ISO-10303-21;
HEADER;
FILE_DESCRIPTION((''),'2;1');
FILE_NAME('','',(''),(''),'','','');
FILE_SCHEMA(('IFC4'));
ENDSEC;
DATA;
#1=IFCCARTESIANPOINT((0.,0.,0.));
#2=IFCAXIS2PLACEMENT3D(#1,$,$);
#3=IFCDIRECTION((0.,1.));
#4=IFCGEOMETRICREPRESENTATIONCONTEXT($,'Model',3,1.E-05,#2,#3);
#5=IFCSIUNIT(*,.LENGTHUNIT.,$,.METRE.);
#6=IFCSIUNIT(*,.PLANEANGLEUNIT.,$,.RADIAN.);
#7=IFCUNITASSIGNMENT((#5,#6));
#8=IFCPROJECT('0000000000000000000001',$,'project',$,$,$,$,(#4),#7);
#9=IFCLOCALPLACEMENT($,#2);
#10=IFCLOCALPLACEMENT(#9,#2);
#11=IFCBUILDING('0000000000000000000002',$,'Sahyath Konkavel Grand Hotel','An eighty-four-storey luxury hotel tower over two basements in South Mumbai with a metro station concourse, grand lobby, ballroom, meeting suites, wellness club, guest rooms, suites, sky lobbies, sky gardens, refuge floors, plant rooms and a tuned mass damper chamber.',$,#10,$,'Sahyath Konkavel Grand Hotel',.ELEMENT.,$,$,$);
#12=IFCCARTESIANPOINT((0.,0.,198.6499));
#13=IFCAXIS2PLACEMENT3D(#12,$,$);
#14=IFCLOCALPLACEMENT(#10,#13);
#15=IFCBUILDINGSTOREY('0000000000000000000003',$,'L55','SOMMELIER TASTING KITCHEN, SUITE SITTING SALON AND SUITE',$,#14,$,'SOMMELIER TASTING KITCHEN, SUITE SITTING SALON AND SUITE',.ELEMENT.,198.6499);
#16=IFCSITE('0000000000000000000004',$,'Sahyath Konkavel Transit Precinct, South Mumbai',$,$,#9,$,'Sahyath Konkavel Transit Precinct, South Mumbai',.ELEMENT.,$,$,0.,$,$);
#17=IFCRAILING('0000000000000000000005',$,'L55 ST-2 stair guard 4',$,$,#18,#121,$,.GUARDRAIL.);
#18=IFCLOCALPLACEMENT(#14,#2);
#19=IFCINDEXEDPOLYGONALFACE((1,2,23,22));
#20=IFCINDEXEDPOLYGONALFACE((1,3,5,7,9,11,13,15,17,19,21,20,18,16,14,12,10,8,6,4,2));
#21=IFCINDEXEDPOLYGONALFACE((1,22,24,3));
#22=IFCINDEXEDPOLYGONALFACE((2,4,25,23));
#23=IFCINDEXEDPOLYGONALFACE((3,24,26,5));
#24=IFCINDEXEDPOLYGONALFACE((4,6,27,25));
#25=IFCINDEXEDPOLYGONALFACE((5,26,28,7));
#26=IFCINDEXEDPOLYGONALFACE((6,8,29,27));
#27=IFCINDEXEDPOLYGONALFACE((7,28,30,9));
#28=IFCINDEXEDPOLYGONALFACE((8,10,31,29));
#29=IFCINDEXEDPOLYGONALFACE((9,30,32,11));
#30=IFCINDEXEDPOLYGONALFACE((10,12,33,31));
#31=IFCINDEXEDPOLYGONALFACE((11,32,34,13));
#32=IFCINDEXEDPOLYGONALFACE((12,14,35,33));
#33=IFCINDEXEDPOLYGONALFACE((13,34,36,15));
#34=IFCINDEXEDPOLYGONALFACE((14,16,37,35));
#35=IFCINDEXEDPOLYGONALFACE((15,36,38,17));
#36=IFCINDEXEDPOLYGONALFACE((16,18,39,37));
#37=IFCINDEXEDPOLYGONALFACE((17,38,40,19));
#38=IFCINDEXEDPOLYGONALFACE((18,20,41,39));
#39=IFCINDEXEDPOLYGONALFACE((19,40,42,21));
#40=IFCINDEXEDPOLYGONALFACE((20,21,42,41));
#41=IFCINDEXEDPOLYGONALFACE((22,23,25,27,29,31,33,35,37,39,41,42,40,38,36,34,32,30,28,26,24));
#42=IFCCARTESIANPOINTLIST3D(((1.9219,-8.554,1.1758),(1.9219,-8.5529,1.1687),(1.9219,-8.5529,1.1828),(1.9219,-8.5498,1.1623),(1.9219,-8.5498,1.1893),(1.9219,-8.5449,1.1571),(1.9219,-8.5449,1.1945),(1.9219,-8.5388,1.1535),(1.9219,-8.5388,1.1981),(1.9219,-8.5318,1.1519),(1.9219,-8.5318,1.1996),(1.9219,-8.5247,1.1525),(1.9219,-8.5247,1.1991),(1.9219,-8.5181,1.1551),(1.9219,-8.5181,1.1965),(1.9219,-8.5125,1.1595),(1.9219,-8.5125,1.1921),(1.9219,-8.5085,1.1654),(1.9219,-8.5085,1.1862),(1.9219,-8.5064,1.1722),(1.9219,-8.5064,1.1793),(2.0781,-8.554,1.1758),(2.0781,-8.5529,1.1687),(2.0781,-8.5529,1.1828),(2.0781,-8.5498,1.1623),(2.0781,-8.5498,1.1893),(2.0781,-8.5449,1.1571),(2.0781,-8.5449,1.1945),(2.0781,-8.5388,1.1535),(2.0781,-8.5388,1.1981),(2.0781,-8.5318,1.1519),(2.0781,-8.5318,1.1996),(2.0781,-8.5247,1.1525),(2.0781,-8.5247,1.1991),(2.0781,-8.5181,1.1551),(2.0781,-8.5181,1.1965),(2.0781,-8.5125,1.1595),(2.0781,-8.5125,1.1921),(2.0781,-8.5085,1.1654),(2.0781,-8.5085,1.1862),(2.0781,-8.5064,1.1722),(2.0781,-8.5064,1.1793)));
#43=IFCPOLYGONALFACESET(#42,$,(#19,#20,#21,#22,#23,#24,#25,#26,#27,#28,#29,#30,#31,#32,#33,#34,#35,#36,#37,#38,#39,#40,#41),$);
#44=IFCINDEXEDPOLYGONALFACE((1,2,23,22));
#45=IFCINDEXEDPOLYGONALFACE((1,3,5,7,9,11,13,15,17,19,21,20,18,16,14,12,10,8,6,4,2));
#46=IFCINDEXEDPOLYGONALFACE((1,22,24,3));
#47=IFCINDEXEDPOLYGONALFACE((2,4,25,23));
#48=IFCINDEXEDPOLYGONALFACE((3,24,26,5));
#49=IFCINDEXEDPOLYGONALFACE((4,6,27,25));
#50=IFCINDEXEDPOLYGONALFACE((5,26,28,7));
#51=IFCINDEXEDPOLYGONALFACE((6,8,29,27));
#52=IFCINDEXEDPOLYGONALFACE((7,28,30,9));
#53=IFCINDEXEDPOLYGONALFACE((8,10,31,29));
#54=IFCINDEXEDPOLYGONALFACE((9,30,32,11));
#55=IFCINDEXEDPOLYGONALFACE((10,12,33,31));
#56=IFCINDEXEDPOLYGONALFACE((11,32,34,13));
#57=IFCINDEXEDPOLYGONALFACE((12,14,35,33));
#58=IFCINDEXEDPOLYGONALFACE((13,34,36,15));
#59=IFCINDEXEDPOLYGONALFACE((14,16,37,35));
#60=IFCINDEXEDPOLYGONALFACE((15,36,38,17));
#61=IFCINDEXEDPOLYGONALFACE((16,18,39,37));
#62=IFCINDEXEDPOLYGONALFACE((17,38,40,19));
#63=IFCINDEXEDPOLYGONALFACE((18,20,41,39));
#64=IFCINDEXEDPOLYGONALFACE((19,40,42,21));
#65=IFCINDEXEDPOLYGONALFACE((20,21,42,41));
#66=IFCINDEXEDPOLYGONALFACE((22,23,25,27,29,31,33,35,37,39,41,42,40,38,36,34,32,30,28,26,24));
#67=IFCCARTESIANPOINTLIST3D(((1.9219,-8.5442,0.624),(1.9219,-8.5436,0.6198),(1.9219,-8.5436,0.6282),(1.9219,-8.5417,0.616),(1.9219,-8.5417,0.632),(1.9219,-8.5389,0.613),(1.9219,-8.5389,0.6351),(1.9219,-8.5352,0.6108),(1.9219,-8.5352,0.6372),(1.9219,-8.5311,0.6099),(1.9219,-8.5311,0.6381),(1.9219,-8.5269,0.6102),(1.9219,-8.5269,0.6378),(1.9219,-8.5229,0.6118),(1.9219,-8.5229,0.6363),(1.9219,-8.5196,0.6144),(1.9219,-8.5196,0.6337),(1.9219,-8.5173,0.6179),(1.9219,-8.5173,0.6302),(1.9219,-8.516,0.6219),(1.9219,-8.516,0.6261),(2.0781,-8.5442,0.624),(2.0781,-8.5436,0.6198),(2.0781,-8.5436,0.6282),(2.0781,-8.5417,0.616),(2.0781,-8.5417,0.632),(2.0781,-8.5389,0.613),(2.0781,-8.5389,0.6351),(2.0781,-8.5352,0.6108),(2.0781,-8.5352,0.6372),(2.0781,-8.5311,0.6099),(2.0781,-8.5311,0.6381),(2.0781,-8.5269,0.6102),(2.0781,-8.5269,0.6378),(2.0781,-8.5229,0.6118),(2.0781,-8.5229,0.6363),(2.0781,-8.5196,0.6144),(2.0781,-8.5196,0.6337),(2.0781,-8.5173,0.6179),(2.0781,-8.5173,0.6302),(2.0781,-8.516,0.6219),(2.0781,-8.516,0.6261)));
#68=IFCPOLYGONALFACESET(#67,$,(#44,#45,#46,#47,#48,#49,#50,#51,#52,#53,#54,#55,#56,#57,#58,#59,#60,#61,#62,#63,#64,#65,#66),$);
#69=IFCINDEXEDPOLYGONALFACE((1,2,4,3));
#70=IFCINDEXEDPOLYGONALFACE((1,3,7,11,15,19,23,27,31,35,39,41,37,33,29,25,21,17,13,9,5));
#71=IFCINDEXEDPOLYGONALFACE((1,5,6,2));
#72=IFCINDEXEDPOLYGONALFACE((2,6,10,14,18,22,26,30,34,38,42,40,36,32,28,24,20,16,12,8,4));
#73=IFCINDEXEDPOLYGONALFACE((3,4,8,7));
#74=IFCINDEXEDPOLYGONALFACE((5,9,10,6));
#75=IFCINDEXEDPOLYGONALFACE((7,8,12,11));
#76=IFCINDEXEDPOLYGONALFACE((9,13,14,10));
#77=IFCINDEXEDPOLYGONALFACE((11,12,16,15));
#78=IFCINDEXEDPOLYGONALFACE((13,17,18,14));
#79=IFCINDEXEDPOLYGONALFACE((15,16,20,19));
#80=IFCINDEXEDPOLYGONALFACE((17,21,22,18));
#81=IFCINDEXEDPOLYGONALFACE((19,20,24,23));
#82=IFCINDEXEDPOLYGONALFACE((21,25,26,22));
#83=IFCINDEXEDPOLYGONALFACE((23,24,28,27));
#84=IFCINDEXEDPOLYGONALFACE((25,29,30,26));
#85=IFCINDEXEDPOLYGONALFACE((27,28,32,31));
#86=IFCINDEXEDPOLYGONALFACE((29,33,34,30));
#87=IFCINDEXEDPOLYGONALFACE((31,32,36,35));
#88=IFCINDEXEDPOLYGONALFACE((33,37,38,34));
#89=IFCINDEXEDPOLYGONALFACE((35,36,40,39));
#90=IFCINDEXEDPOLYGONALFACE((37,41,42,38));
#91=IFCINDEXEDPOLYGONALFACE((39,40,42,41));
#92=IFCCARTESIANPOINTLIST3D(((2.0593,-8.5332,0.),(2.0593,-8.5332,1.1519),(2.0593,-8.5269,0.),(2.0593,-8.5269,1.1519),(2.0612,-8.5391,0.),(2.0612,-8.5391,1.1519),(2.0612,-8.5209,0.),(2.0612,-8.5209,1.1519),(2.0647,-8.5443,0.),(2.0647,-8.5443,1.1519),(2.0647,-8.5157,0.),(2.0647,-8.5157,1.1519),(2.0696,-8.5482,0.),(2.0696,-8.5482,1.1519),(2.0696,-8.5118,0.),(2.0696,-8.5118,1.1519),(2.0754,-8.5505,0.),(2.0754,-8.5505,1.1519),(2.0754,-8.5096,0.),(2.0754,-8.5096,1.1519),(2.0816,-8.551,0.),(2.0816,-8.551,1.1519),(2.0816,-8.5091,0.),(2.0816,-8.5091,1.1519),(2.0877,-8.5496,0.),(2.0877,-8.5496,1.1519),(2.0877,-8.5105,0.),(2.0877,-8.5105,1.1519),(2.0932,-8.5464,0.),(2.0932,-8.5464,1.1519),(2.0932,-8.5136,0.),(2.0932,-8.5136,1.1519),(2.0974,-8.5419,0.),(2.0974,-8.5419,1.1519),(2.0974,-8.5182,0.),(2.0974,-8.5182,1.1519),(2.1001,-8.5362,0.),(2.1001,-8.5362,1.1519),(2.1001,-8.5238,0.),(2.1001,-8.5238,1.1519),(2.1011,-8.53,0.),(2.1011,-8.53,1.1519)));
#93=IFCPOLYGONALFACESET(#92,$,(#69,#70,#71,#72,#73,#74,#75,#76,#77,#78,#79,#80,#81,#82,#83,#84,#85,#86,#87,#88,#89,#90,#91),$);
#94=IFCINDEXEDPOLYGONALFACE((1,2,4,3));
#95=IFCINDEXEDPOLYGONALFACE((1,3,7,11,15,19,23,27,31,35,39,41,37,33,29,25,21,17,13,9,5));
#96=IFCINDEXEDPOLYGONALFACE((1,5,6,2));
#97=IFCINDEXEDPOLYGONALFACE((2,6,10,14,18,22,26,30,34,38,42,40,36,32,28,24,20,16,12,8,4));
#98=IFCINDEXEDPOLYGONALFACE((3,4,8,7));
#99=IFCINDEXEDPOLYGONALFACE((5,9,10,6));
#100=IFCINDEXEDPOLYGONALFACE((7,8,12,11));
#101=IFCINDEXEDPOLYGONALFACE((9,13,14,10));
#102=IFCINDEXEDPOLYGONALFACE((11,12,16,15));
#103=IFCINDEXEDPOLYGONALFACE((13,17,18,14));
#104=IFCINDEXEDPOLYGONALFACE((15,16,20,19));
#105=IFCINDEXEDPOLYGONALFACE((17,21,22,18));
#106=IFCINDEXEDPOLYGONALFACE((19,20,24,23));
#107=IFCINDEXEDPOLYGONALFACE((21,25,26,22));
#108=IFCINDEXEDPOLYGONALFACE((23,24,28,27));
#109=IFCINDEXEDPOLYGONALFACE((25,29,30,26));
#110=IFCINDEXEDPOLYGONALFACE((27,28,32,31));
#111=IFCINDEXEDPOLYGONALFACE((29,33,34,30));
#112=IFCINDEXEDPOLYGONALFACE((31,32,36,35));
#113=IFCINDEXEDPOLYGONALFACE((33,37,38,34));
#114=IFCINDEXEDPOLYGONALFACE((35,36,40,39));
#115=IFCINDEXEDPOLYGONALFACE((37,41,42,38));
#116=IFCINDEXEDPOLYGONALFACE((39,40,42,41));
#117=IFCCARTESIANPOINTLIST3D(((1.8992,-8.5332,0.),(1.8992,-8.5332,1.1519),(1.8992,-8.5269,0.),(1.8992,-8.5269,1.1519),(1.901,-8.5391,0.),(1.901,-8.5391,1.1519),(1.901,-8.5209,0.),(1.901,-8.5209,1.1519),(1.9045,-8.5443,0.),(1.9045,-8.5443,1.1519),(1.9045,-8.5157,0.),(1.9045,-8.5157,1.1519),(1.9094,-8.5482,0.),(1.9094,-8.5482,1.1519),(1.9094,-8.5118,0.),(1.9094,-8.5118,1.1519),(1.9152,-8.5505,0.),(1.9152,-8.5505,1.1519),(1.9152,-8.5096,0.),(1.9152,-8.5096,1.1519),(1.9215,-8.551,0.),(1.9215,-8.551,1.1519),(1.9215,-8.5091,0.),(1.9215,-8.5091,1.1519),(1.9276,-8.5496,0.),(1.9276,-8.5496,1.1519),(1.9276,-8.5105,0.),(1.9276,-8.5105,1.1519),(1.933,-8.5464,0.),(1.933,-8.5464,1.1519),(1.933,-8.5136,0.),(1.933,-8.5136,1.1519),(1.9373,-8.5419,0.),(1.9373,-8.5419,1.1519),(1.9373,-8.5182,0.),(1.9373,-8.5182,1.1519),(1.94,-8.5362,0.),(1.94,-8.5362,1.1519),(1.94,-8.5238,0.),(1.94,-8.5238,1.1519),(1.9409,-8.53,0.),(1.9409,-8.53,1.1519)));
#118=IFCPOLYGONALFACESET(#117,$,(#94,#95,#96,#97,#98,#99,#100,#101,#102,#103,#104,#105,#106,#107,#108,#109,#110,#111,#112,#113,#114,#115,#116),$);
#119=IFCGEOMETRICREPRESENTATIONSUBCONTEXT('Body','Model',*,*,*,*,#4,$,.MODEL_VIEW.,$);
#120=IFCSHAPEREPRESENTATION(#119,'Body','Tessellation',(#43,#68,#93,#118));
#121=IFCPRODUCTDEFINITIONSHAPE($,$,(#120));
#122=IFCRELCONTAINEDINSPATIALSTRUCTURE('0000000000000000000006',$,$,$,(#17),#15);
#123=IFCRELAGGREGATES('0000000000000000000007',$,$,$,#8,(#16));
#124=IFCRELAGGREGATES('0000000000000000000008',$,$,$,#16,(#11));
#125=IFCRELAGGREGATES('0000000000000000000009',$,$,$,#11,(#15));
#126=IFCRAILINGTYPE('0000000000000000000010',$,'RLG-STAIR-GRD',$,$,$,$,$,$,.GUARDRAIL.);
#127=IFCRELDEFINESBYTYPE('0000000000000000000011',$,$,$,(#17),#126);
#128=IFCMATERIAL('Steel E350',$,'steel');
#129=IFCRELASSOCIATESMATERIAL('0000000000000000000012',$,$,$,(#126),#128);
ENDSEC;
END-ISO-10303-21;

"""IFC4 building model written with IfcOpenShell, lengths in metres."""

from ifc_helpers import new_model, si_unit, direction, frame, origin, origin_2d, place, context, subcontext, project, spatial, circle, extrude, material, type_object, element, save


model = new_model("IFC4")

# Units and contexts
model_context = context("Model", 3, precision=1e-05, world=origin(), true_north=direction((0.0, 1.0)))
body_context = subcontext(model_context, "Body", "Model", "MODEL_VIEW")
ifc_project = project(units=[si_unit("LENGTHUNIT", "METRE"), si_unit("PLANEANGLEUNIT", "RADIAN")], contexts=[model_context])

# Site, building, storey
site_placement = place(None, origin())
site = spatial("IfcSite", under=ifc_project, at=site_placement, Name="Sahyath Konkavel Transit Precinct, South Mumbai", LongName="Sahyath Konkavel Transit Precinct, South Mumbai", CompositionType="ELEMENT", RefElevation=0.0)
building_placement = place(site_placement, origin())
building = spatial("IfcBuilding", under=site, at=building_placement, Name="Sahyath Konkavel Grand Hotel", Description="An eighty-four-storey luxury hotel tower over two basements in South Mumbai with a metro station concourse, grand lobby, ballroom, meeting suites, wellness club, guest rooms, suites, sky lobbies, sky gardens, refuge floors, plant rooms and a tuned mass damper chamber.", LongName="Sahyath Konkavel Grand Hotel", CompositionType="ELEMENT")
storey_placement = place(building_placement, frame((0.0, 0.0, 198.6499)))
storey = spatial("IfcBuildingStorey", under=building, at=storey_placement, Name="L55", Description="SOMMELIER TASTING KITCHEN, SUITE SITTING SALON AND SUITE", LongName="SOMMELIER TASTING KITCHEN, SUITE SITTING SALON AND SUITE", CompositionType="ELEMENT", Elevation=198.6499)

# Shared definitions
ifc_material_1 = material(Name="Steel E350", Category="steel")

# Railing
railing_type_1 = type_object("IfcRailingType", Name="RLG-STAIR-GRD", PredefinedType="GUARDRAIL", material=ifc_material_1)
railing_1_placement = place(storey_placement, frame((2.0801, -8.53, 0.0)))
element("IfcRailing", 1, at=railing_1_placement, inside=storey, type_object=railing_type_1, Name="L55 ST-2 stair guard 4", PredefinedType="GUARDRAIL", context=body_context, shape_type="SweptSolid", body=[
    extrude(circle(Radius=0.0239, at=origin_2d()), frame((-0.002, 0.0, 1.1758), z_axis=(-1.0, 0.0, 0.0), x_axis=(0.0, -1.0, 0.0)), (0.0, 0.0, 1.0), 0.1562),
    extrude(circle(Radius=0.0142, at=origin_2d()), frame((-0.002, 0.0, 0.624), z_axis=(-1.0, 0.0, 0.0), x_axis=(0.0, -1.0, 0.0)), (0.0, 0.0, 1.0), 0.1562),
    extrude(circle(Radius=0.021, at=origin_2d()), origin(), (0.0, 0.0, 1.0), 1.1519),
    extrude(circle(Radius=0.021, at=origin_2d()), frame((-0.1602, 0.0, 0.0)), (0.0, 0.0, 1.0), 1.1519),
])

save(model, "model.ifc")
